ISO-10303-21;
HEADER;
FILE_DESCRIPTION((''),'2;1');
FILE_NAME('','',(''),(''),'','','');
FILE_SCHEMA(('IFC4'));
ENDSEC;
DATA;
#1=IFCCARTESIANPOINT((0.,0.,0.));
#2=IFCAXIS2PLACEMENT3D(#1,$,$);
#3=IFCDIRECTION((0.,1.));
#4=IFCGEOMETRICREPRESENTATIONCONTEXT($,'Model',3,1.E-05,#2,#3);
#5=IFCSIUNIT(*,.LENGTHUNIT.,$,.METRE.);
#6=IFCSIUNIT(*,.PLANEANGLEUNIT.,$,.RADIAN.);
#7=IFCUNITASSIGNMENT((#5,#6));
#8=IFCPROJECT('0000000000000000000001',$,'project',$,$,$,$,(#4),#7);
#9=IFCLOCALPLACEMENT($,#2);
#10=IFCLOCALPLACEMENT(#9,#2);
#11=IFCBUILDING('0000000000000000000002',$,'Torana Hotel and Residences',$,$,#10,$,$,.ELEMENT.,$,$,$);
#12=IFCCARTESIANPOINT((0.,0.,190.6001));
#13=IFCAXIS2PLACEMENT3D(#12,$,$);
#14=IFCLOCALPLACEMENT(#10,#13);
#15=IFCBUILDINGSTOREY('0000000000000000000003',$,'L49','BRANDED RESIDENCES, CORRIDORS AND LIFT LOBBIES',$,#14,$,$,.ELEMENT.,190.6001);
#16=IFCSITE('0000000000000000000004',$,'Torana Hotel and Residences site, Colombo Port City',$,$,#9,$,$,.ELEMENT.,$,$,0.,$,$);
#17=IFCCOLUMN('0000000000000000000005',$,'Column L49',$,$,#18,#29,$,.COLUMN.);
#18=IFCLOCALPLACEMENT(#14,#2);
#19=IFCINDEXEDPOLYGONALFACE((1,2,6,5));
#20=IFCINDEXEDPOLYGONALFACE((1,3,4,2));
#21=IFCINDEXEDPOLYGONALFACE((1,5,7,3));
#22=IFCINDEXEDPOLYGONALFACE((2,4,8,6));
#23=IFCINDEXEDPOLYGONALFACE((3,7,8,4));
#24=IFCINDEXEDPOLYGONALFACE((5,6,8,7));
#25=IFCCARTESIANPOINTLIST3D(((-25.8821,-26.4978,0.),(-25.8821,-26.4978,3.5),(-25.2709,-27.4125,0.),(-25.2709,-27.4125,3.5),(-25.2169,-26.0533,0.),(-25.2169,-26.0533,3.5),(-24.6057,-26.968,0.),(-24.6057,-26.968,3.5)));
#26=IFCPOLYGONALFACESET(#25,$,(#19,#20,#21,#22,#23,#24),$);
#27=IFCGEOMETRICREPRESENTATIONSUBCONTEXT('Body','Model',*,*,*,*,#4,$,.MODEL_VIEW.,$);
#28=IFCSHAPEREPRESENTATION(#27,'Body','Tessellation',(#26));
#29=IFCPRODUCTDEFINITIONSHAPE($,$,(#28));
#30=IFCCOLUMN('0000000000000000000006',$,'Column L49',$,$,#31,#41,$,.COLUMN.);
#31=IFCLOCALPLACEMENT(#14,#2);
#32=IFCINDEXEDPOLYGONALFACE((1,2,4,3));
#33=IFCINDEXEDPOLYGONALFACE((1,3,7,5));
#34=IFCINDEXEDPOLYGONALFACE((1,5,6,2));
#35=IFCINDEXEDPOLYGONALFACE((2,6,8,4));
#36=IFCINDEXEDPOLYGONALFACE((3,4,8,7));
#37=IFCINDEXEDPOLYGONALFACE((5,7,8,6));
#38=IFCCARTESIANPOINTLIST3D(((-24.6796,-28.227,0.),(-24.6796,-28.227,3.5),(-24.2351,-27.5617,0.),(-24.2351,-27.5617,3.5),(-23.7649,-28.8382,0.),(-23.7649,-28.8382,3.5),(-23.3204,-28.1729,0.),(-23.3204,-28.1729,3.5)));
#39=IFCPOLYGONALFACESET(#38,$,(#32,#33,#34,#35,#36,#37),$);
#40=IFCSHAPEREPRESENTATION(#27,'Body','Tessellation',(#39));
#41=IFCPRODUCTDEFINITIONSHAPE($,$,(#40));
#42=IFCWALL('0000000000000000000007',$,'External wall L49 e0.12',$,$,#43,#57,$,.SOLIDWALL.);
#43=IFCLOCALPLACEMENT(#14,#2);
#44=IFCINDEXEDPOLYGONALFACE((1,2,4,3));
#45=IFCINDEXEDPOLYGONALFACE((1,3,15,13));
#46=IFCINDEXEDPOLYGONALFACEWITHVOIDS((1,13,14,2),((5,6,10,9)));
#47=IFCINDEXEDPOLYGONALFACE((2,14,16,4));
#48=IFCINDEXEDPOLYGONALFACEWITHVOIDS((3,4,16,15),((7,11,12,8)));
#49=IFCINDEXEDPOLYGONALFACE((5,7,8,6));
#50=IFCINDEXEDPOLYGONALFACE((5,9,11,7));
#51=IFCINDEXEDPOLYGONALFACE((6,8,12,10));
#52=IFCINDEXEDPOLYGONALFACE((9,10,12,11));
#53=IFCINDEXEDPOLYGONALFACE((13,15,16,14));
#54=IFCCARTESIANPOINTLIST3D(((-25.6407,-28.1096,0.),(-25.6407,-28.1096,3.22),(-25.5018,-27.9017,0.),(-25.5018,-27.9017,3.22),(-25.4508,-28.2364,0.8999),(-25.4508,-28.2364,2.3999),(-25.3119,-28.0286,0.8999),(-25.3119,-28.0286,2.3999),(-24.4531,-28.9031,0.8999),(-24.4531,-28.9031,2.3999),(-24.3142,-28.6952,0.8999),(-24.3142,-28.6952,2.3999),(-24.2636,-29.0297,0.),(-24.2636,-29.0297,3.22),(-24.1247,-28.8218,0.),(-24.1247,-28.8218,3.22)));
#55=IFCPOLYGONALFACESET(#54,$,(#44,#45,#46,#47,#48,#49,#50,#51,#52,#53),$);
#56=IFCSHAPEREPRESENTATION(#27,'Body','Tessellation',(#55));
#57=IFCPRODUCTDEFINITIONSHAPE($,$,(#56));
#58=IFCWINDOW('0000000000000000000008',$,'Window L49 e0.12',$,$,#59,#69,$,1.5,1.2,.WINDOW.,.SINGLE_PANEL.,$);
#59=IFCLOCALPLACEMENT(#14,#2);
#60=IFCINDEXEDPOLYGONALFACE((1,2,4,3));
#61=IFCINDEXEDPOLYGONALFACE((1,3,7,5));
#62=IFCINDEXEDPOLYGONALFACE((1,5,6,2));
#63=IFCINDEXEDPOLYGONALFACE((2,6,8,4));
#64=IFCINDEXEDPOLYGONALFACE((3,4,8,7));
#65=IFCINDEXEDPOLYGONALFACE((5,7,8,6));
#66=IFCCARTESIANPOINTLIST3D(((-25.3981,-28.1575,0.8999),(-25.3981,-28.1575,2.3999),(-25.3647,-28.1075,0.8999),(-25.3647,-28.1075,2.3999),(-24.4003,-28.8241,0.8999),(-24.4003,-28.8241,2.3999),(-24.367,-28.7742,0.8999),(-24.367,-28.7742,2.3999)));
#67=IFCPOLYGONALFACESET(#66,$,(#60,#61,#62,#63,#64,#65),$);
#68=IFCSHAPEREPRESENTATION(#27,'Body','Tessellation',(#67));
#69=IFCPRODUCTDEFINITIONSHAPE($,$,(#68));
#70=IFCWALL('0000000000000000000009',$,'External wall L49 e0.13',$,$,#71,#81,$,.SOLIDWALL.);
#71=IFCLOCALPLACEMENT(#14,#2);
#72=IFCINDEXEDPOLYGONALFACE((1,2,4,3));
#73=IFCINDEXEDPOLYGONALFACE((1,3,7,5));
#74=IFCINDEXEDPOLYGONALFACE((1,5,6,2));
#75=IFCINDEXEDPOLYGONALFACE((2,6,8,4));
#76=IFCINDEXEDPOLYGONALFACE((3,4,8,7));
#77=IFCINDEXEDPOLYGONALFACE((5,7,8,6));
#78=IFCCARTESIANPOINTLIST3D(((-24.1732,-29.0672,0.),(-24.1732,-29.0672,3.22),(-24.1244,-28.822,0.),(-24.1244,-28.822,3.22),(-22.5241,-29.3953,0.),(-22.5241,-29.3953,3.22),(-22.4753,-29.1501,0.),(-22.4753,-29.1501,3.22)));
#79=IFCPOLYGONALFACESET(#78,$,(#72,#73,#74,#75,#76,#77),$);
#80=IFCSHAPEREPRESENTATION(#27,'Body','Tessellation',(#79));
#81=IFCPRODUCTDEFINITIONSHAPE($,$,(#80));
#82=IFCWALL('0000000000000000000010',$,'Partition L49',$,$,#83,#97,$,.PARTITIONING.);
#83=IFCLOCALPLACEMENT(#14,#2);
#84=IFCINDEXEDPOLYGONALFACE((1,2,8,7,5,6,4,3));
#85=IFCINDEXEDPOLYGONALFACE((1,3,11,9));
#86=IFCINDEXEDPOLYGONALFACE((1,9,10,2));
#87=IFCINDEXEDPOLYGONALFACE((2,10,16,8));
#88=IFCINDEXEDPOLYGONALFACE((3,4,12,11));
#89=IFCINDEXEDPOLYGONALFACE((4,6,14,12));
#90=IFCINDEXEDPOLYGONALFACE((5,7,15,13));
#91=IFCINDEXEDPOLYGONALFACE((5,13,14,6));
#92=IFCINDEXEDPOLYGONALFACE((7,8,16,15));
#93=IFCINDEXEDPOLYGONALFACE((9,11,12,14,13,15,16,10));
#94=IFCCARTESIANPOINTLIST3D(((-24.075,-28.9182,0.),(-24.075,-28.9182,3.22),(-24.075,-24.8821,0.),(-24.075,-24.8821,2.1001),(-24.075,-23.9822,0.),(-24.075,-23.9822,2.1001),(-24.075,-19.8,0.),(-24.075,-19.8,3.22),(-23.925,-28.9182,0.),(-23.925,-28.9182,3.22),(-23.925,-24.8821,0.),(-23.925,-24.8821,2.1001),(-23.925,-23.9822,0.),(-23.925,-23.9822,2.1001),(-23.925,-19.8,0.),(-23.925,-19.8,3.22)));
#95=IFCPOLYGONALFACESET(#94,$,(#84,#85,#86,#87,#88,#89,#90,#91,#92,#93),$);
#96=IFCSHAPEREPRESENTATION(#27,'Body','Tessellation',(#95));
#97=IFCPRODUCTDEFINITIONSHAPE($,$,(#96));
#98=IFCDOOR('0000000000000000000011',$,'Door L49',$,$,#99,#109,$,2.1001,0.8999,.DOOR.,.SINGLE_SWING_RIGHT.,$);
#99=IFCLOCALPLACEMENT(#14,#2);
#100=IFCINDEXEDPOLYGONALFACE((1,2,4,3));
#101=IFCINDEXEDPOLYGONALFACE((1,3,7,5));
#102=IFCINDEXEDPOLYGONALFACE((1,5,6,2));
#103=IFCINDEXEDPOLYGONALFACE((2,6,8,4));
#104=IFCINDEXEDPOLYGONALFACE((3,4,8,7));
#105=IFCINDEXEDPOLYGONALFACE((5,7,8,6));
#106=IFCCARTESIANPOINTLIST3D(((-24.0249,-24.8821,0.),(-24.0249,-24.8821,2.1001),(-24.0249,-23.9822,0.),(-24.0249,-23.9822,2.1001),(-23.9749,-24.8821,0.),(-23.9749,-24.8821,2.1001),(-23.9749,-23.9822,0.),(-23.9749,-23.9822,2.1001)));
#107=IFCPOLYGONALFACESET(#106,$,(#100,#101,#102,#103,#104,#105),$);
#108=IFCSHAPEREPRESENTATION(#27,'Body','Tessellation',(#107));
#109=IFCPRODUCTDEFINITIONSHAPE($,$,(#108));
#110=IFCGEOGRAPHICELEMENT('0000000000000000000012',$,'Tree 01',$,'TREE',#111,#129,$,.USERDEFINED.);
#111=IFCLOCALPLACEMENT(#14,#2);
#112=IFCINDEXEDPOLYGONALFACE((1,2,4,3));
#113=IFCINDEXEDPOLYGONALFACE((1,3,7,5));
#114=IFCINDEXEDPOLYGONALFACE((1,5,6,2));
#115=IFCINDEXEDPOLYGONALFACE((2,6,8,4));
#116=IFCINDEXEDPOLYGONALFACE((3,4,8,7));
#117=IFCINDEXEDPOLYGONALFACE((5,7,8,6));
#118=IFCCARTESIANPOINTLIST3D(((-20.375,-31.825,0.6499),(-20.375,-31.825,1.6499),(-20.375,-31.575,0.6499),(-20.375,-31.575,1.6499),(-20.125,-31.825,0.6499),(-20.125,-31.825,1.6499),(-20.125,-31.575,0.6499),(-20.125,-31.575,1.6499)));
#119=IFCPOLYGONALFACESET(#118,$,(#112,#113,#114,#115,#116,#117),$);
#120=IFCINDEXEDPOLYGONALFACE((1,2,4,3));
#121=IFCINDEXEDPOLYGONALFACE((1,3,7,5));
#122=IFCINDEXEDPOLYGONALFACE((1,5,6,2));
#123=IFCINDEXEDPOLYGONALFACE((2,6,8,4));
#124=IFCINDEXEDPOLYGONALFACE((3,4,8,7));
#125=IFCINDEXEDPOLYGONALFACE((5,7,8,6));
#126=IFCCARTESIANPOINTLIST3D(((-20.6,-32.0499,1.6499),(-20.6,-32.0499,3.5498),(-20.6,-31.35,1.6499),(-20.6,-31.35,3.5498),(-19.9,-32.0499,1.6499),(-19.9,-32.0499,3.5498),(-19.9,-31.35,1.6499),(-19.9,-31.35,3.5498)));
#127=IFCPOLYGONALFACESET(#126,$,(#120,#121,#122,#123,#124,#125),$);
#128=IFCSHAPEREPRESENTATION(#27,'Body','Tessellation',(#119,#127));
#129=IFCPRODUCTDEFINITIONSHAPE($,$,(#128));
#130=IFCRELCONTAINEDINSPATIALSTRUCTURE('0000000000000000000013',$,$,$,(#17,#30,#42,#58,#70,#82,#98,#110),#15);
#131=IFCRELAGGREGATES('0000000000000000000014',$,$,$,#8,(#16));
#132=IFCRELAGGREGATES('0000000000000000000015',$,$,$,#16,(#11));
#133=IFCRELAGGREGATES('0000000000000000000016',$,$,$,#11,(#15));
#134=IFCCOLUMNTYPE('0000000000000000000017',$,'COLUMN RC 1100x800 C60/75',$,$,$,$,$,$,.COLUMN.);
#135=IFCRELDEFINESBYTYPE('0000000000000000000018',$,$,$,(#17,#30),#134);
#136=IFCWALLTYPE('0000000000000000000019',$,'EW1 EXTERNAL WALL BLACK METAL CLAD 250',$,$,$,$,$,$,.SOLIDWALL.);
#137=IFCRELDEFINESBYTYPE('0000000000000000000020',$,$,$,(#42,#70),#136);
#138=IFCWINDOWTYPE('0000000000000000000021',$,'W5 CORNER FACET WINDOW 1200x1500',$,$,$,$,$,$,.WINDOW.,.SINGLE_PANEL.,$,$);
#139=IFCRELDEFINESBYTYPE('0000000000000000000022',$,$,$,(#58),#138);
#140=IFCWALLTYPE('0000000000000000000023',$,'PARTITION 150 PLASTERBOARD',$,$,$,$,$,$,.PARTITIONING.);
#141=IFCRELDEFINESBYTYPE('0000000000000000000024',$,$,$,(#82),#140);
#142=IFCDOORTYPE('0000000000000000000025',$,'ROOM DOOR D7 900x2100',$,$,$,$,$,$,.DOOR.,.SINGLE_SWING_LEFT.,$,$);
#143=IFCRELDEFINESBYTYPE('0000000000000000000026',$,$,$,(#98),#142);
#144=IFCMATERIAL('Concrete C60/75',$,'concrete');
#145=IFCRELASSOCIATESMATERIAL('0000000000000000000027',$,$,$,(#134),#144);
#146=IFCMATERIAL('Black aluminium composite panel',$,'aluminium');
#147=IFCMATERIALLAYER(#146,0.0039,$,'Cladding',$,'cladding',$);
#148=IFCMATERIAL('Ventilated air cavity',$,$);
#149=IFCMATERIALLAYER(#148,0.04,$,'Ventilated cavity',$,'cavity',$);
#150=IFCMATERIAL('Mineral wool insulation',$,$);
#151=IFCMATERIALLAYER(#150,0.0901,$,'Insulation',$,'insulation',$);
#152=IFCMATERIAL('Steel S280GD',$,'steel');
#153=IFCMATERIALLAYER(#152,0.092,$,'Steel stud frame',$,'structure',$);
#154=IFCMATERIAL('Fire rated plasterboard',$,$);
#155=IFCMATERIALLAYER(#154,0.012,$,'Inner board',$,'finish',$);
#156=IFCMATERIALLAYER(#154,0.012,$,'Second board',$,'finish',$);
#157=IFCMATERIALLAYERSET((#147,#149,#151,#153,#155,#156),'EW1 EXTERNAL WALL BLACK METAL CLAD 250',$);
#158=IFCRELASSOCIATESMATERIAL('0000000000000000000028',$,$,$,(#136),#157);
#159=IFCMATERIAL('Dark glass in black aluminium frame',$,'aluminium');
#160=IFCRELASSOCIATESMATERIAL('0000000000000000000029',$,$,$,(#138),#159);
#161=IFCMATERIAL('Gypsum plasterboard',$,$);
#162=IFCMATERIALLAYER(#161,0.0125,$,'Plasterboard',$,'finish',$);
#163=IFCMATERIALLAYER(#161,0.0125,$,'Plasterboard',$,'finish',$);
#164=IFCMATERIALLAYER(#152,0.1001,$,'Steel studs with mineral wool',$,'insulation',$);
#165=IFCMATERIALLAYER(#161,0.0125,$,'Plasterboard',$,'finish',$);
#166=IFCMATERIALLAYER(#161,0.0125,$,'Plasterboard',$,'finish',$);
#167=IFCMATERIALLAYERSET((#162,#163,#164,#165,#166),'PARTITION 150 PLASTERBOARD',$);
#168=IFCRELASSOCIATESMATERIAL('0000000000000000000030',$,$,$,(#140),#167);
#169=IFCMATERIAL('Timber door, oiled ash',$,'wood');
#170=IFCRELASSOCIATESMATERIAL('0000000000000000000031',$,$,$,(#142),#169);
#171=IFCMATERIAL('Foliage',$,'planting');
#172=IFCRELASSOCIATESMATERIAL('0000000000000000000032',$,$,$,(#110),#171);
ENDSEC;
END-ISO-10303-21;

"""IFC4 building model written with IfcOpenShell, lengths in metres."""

from ifc_helpers import new_model, si_unit, direction, frame, frame_2d, origin, origin_2d, place, context, subcontext, project, spatial, rectangle, extrude, material, layer, layer_set, material_profile, profile_set, type_object, element, fill, save


model = new_model("IFC4")

# Units and contexts
model_context = context("Model", 3, precision=1e-05, world=origin(), true_north=direction((0.0, 1.0)))
body_context = subcontext(model_context, "Body", "Model", "MODEL_VIEW")
ifc_project = project(units=[si_unit("LENGTHUNIT", "METRE"), si_unit("PLANEANGLEUNIT", "RADIAN")], contexts=[model_context])

# Site, building, storey
site_placement = place(None, origin())
site = spatial("IfcSite", under=ifc_project, at=site_placement, Name="Torana Hotel and Residences site, Colombo Port City", CompositionType="ELEMENT", RefElevation=0.0)
building_placement = place(site_placement, origin())
building = spatial("IfcBuilding", under=site, at=building_placement, Name="Torana Hotel and Residences", CompositionType="ELEMENT")
storey_placement = place(building_placement, frame((0.0, 0.0, 190.6001)))
storey = spatial("IfcBuildingStorey", under=building, at=storey_placement, Name="L49", Description="BRANDED RESIDENCES, CORRIDORS AND LIFT LOBBIES", CompositionType="ELEMENT", Elevation=190.6001)

# Columns
ifc_material_1 = material(Name="Concrete C60/75", Category="concrete")
ifc_material_profile = material_profile(ifc_material_1, rectangle(XDim=1.1001, YDim=0.8, at=origin_2d()), Name="RC 1100x800")
ifc_profile_set = profile_set([ifc_material_profile], Name="Concrete C60/75")
column_type = type_object("IfcColumnType", Name="COLUMN RC 1100x800 C60/75", PredefinedType="COLUMN", material=ifc_profile_set)
for number, where, z_axis, x_axis, name in (
    (1, (-25.2439, -26.7329, 0.0), (0.0, 0.0, 1.0), (-0.555585, 0.83146, 0.0), "Column L49"),
    (2, (-24.0, -28.2, 0.0), (0.0, 0.0, 1.0), (-0.83146, 0.555585, 0.0), "Column L49"),
):
    element("IfcColumn", number, at=place(storey_placement, frame(where, z_axis=z_axis, x_axis=x_axis)), inside=storey, type_object=column_type, Name=name, PredefinedType="COLUMN", context=body_context, shape_type="SweptSolid", body=[
        extrude(rectangle(XDim=1.1001, YDim=0.8, at=origin_2d()), origin(), (0.0, 0.0, 1.0), 3.5),
    ])

# Wall, opening, window
ifc_material_2 = material(Name="Black aluminium composite panel", Category="aluminium")
ifc_layer_1 = layer(ifc_material_2, 0.0039, Name="Cladding", Category="cladding")
ifc_material_3 = material(Name="Ventilated air cavity")
ifc_layer_2 = layer(ifc_material_3, 0.04, Name="Ventilated cavity", Category="cavity")
ifc_material_4 = material(Name="Mineral wool insulation")
ifc_layer_3 = layer(ifc_material_4, 0.0901, Name="Insulation", Category="insulation")
ifc_material_5 = material(Name="Steel S280GD", Category="steel")
ifc_layer_4 = layer(ifc_material_5, 0.092, Name="Steel stud frame", Category="structure")
ifc_material_6 = material(Name="Fire rated plasterboard")
ifc_layer_5 = layer(ifc_material_6, 0.012, Name="Inner board", Category="finish")
ifc_layer_6 = layer(ifc_material_6, 0.012, Name="Second board", Category="finish")
ifc_layer_set_1 = layer_set([ifc_layer_1, ifc_layer_2, ifc_layer_3, ifc_layer_4, ifc_layer_5, ifc_layer_6], Name="EW1 EXTERNAL WALL BLACK METAL CLAD 250")
wall_type_1 = type_object("IfcWallType", Name="EW1 EXTERNAL WALL BLACK METAL CLAD 250", PredefinedType="SOLIDWALL", material=ifc_layer_set_1)
wall_1_placement = place(storey_placement, frame((-25.5713, -28.0056, 0.0), z_axis=(0.0, 0.0, 1.0), x_axis=(0.831483, -0.55555, 0.0)))
wall_1 = element("IfcWall", 3, at=wall_1_placement, inside=storey, type_object=wall_type_1, Name="External wall L49 e0.12", PredefinedType="SOLIDWALL", context=body_context, shape_type="SweptSolid", body=[
    extrude(rectangle(XDim=1.6562, YDim=0.25, at=frame_2d((0.8281, 0.0))), origin(), (0.0, 0.0, 1.0), 3.22),
])
opening_1_placement = place(wall_1_placement, frame((0.2283, 0.0, 0.8999)))
opening_1 = element("IfcOpeningElement", 4, at=opening_1_placement, cuts=wall_1, PredefinedType="OPENING", context=body_context, shape_type="SweptSolid", body=[
    extrude(rectangle(XDim=1.2, YDim=1.5, at=frame_2d((0.6001, 0.75))), frame((0.0, 0.135, 0.0), z_axis=(0.0, -1.0, 0.0), x_axis=(1.0, 0.0, 0.0)), (0.0, 0.0, 1.0), 0.27),
])
ifc_material_7 = material(Name="Dark glass in black aluminium frame", Category="aluminium")
window_type_1 = type_object("IfcWindowType", Name="W5 CORNER FACET WINDOW 1200x1500", PartitioningType="SINGLE_PANEL", PredefinedType="WINDOW", material=ifc_material_7)
window_1_placement = place(opening_1_placement, origin())
window_1 = element("IfcWindow", 5, at=window_1_placement, inside=storey, type_object=window_type_1, Name="Window L49 e0.12", OverallHeight=1.5, OverallWidth=1.2, PartitioningType="SINGLE_PANEL", PredefinedType="WINDOW", context=body_context, shape_type="SweptSolid", body=[
    extrude(rectangle(XDim=1.2, YDim=1.5, at=frame_2d((0.6001, 0.75))), frame((0.0, 0.03, 0.0), z_axis=(0.0, -1.0, 0.0), x_axis=(1.0, 0.0, 0.0)), (0.0, 0.0, 1.0), 0.0601),
])
fill(opening_1, window_1)

# Wall
wall_2_placement = place(storey_placement, frame((-24.1489, -28.9446, 0.0), z_axis=(0.0, 0.0, 1.0), x_axis=(0.980776, -0.195139, 0.0)))
element("IfcWall", 6, at=wall_2_placement, inside=storey, type_object=wall_type_1, Name="External wall L49 e0.13", PredefinedType="SOLIDWALL", context=body_context, shape_type="SweptSolid", body=[
    extrude(rectangle(XDim=1.6814, YDim=0.25, at=frame_2d((0.8408, 0.0))), origin(), (0.0, 0.0, 1.0), 3.22),
])

# Wall, opening, door
ifc_material_8 = material(Name="Gypsum plasterboard")
ifc_layer_7 = layer(ifc_material_8, 0.0125, Name="Plasterboard", Category="finish")
ifc_layer_8 = layer(ifc_material_8, 0.0125, Name="Plasterboard", Category="finish")
ifc_layer_9 = layer(ifc_material_5, 0.1001, Name="Steel studs with mineral wool", Category="insulation")
ifc_layer_10 = layer(ifc_material_8, 0.0125, Name="Plasterboard", Category="finish")
ifc_layer_11 = layer(ifc_material_8, 0.0125, Name="Plasterboard", Category="finish")
ifc_layer_set_2 = layer_set([ifc_layer_7, ifc_layer_8, ifc_layer_9, ifc_layer_10, ifc_layer_11], Name="PARTITION 150 PLASTERBOARD")
wall_type_2 = type_object("IfcWallType", Name="PARTITION 150 PLASTERBOARD", PredefinedType="PARTITIONING", material=ifc_layer_set_2)
wall_3_placement = place(storey_placement, frame((-24.0, -28.9182, 0.0), z_axis=(0.0, 0.0, 1.0), x_axis=(0.0, 1.0, 0.0)))
wall_3 = element("IfcWall", 7, at=wall_3_placement, inside=storey, type_object=wall_type_2, Name="Partition L49", PredefinedType="PARTITIONING", context=body_context, shape_type="SweptSolid", body=[
    extrude(rectangle(XDim=9.1182, YDim=0.1499, at=frame_2d((4.5591, 0.0))), origin(), (0.0, 0.0, 1.0), 3.22),
])
opening_2_placement = place(wall_3_placement, frame((4.0361, 0.0, 0.0)))
opening_2 = element("IfcOpeningElement", 8, at=opening_2_placement, cuts=wall_3, PredefinedType="OPENING", context=body_context, shape_type="SweptSolid", body=[
    extrude(rectangle(XDim=0.8999, YDim=2.1001, at=frame_2d((0.45, 1.05))), frame((0.0, 0.085, 0.0), z_axis=(0.0, -1.0, 0.0), x_axis=(1.0, 0.0, 0.0)), (0.0, 0.0, 1.0), 0.1699),
])
ifc_material_9 = material(Name="Timber door, oiled ash", Category="wood")
door_type_1 = type_object("IfcDoorType", Name="ROOM DOOR D7 900x2100", OperationType="SINGLE_SWING_LEFT", PredefinedType="DOOR", material=ifc_material_9)
door_1_placement = place(opening_2_placement, origin())
door_1 = element("IfcDoor", 9, at=door_1_placement, inside=storey, type_object=door_type_1, Name="Door L49", OperationType="SINGLE_SWING_RIGHT", OverallHeight=2.1001, OverallWidth=0.8999, PredefinedType="DOOR", context=body_context, shape_type="SweptSolid", body=[
    extrude(rectangle(XDim=0.8999, YDim=2.1001, at=frame_2d((0.45, 1.05))), frame((0.0, 0.0249, 0.0), z_axis=(0.0, -1.0, 0.0), x_axis=(1.0, 0.0, 0.0)), (0.0, 0.0, 1.0), 0.05),
])
fill(opening_2, door_1)

# Geographic element
ifc_material_10 = material(Name="Foliage", Category="planting")
geographic_element_placement = place(storey_placement, frame((-20.25, -31.7, 0.6499), z_axis=(0.0, 0.0, 1.0), x_axis=(1.0, 0.0, 0.0)))
element("IfcGeographicElement", 10, at=geographic_element_placement, inside=storey, material=ifc_material_10, Name="Tree 01", ObjectType="TREE", PredefinedType="USERDEFINED", context=body_context, shape_type="SweptSolid", body=[
    extrude(rectangle(XDim=0.25, YDim=0.25, at=origin_2d()), origin(), (0.0, 0.0, 1.0), 1.0),
    extrude(rectangle(XDim=0.7, YDim=0.7, at=origin_2d()), frame((0.0, 0.0, 1.0)), (0.0, 0.0, 1.0), 1.8999),
])

save(model, "model.ifc")
